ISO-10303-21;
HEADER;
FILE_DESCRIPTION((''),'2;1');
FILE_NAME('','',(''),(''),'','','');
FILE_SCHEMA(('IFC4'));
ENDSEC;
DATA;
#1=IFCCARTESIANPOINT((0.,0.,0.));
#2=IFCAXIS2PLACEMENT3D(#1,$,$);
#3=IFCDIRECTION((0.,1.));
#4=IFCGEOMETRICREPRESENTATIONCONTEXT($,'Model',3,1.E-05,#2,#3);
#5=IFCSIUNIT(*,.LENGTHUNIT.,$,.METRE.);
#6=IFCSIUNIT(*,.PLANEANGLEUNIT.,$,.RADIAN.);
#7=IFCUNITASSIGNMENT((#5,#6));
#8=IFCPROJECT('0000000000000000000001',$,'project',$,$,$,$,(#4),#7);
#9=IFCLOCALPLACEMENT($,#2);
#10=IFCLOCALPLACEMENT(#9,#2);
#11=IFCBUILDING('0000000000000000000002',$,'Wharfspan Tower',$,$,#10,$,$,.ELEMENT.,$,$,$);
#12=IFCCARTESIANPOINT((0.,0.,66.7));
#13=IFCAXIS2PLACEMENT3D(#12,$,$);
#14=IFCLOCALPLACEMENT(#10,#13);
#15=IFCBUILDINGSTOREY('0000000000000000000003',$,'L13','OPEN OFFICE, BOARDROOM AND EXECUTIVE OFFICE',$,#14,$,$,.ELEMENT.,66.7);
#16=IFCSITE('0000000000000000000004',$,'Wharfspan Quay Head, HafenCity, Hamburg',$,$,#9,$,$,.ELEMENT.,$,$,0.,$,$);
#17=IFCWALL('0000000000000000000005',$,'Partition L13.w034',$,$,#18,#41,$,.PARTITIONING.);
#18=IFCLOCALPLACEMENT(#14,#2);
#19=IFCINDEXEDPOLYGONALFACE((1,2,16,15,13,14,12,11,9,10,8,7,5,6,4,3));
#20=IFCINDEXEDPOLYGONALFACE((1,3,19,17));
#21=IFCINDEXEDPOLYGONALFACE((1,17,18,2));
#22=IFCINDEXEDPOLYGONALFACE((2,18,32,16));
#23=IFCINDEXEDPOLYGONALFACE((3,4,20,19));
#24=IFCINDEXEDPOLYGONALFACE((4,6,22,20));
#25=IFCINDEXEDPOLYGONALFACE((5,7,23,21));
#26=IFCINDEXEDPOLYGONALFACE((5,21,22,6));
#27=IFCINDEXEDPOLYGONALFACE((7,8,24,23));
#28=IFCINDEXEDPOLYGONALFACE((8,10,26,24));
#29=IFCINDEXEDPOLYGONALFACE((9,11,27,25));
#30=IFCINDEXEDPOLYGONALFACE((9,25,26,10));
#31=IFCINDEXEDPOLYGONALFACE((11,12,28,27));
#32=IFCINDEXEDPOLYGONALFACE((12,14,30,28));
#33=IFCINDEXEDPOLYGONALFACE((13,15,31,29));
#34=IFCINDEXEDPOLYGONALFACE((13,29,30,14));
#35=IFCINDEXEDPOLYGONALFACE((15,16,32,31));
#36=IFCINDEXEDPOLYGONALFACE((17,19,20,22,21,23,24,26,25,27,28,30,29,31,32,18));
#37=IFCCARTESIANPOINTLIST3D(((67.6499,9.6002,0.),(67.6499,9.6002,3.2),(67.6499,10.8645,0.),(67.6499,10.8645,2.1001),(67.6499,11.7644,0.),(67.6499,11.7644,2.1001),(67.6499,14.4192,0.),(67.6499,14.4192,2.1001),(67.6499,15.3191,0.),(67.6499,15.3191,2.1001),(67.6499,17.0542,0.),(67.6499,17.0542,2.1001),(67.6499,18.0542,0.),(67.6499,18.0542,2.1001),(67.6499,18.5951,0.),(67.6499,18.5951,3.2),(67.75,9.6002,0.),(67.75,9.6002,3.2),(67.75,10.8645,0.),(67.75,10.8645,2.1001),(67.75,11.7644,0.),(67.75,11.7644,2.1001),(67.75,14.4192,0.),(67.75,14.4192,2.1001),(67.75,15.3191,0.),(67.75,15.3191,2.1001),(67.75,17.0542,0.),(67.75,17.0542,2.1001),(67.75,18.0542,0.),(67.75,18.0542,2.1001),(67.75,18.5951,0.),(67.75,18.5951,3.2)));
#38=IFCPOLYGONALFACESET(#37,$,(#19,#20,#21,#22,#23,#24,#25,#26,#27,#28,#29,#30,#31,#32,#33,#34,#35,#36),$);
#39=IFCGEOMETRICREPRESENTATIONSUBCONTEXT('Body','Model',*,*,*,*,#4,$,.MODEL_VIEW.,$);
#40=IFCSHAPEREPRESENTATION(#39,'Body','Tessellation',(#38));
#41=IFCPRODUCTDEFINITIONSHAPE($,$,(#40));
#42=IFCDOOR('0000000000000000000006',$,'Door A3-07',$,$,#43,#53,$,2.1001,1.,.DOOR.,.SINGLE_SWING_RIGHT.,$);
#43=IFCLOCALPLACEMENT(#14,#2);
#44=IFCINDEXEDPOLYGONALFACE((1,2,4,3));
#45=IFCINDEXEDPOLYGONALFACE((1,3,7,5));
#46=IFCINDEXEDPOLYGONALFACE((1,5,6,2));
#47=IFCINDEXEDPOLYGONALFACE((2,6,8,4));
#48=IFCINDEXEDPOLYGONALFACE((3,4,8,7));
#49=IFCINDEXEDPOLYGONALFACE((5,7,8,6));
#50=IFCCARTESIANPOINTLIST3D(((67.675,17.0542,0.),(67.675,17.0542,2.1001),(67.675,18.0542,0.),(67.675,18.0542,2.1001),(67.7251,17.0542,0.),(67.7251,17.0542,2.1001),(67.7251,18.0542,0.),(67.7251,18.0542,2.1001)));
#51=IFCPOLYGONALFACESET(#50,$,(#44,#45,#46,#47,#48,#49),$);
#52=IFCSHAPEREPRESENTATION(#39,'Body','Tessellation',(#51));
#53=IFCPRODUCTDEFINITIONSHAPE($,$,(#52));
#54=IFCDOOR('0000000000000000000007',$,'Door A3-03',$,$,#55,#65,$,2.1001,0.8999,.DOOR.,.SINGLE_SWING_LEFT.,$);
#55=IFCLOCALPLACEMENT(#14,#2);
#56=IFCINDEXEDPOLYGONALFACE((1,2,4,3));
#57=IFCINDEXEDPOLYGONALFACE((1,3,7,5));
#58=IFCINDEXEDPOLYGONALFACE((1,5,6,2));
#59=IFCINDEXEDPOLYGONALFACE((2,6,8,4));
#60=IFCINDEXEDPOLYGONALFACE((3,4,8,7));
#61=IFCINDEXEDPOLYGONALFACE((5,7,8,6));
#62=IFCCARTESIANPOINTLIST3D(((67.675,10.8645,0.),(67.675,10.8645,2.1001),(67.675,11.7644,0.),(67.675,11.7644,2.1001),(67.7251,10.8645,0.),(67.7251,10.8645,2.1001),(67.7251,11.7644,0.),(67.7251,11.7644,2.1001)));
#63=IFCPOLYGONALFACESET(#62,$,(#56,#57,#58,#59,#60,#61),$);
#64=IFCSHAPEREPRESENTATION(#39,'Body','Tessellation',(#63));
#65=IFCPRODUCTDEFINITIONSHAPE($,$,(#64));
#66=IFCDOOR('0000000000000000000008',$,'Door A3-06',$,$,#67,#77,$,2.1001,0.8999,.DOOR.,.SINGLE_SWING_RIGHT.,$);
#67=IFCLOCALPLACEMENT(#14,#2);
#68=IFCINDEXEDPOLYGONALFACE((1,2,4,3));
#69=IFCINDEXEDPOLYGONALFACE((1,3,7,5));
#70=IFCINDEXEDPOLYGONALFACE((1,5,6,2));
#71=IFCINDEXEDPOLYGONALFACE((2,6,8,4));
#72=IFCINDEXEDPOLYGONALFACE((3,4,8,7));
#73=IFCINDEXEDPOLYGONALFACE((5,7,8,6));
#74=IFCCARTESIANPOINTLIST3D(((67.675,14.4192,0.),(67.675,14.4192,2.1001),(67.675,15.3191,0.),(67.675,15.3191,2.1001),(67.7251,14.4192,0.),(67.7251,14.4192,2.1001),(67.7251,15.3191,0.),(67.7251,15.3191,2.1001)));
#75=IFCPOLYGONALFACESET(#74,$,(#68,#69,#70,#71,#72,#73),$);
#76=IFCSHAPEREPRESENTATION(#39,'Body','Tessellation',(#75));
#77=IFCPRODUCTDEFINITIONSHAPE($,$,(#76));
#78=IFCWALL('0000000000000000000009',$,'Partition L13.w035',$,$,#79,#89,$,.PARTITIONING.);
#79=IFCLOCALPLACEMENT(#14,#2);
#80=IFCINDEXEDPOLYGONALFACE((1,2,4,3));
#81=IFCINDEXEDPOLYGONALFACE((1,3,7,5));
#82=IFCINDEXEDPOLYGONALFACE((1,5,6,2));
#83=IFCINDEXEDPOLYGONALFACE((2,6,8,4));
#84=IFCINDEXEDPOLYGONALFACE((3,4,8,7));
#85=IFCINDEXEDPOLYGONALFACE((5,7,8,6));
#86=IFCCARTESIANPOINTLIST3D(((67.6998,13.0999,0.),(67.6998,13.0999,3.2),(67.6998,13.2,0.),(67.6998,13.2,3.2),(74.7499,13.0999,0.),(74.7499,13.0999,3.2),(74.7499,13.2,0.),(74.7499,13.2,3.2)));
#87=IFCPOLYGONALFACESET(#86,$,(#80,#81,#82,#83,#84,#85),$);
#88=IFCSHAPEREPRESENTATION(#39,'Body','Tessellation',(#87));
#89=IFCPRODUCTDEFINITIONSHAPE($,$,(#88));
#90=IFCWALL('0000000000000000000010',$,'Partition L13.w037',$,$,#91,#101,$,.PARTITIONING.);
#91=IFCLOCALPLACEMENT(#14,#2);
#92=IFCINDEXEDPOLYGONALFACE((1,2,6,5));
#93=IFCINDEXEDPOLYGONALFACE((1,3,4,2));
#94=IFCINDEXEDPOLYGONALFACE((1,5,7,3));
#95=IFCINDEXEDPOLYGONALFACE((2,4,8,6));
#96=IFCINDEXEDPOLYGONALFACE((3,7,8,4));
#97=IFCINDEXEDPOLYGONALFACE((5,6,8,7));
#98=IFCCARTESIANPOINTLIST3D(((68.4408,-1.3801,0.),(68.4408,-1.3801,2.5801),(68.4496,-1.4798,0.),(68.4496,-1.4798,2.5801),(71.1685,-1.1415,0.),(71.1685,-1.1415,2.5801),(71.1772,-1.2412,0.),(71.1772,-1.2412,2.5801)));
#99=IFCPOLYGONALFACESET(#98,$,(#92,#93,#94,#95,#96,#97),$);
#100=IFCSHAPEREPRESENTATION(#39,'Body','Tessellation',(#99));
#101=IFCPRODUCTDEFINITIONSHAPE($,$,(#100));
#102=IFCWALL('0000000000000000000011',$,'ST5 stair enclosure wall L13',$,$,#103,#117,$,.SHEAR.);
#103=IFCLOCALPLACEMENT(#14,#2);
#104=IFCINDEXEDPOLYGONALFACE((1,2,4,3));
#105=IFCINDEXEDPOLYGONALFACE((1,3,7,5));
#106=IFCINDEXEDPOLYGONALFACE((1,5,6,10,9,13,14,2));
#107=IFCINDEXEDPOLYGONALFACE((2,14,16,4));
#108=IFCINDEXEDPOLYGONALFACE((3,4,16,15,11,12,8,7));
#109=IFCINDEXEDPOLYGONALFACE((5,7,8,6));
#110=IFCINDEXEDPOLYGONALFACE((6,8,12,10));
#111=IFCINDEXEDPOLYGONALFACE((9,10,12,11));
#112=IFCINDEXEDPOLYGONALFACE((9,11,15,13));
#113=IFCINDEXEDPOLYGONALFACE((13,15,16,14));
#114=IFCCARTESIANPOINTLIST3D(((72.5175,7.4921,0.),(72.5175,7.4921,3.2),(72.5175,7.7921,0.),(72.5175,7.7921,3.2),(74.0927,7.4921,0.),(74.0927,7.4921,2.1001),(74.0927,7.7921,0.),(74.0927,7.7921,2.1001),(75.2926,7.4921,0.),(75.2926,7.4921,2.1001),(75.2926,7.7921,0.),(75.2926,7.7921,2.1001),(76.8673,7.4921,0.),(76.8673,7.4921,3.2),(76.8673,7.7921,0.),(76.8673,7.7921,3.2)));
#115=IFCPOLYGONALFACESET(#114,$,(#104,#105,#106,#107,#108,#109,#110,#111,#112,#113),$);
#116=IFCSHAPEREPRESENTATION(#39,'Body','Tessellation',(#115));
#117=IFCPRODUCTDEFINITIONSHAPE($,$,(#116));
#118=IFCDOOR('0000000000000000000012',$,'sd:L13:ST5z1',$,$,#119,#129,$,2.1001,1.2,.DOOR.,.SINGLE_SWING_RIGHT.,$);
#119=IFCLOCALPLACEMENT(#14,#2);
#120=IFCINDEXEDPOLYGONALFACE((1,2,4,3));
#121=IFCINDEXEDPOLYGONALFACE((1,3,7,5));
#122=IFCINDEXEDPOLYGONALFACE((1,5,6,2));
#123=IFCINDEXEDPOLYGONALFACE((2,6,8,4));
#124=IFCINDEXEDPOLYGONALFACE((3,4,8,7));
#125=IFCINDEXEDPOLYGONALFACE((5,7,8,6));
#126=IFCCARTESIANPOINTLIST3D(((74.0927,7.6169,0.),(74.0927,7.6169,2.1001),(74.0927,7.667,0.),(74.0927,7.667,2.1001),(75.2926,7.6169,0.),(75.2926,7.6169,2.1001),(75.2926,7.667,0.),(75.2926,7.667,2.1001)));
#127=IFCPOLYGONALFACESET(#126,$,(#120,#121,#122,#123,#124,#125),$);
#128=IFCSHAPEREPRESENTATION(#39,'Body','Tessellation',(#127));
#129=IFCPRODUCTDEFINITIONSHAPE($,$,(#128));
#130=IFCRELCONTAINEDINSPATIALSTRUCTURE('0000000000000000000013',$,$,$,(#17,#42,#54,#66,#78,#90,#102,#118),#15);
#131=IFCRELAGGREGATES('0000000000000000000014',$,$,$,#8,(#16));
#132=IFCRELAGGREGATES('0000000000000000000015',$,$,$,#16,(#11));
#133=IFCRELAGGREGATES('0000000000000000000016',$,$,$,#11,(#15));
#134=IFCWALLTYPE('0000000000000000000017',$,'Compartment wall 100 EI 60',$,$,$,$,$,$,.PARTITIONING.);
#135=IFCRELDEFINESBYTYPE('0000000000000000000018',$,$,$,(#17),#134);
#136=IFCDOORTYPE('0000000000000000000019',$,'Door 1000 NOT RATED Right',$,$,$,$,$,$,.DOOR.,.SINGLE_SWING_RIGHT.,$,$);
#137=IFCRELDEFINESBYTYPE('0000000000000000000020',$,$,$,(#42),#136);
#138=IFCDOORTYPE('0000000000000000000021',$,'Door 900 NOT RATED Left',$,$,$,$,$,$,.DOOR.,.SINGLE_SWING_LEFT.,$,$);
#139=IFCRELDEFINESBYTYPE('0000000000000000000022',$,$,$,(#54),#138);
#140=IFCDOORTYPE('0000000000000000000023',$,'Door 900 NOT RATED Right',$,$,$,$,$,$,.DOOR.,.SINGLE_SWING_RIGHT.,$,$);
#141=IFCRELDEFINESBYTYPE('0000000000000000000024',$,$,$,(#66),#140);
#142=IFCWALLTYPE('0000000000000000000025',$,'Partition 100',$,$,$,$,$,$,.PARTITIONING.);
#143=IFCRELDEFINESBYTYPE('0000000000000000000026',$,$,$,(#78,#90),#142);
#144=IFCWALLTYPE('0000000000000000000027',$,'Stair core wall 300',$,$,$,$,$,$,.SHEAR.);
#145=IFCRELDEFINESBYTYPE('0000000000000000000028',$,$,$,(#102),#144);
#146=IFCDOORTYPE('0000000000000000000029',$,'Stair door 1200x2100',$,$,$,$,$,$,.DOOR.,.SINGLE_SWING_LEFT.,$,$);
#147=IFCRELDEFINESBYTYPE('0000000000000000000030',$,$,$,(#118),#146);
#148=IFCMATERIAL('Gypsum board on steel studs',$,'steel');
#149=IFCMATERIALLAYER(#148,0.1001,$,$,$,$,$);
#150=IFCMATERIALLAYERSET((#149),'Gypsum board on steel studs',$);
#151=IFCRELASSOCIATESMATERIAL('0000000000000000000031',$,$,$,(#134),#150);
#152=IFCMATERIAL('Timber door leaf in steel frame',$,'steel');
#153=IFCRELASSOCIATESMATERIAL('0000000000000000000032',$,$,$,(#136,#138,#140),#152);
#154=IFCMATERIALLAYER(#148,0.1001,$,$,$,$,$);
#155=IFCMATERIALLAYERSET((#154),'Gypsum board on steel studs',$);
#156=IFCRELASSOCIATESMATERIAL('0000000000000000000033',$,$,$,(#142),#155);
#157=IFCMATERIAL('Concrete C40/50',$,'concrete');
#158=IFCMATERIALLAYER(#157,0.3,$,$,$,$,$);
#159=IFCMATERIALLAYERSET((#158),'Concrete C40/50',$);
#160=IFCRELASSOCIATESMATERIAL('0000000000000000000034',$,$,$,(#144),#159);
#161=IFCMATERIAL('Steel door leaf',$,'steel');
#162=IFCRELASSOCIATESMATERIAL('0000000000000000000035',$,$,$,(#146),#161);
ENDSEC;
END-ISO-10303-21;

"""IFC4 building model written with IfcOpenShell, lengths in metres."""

from ifc_helpers import new_model, si_unit, direction, frame, frame_2d, origin, place, context, subcontext, project, spatial, rectangle, extrude, material, layer, layer_set, type_object, element, fill, save


model = new_model("IFC4")

# Units and contexts
model_context = context("Model", 3, precision=1e-05, world=origin(), true_north=direction((0.0, 1.0)))
body_context = subcontext(model_context, "Body", "Model", "MODEL_VIEW")
ifc_project = project(units=[si_unit("LENGTHUNIT", "METRE"), si_unit("PLANEANGLEUNIT", "RADIAN")], contexts=[model_context])

# Site, building, storey
site_placement = place(None, origin())
site = spatial("IfcSite", under=ifc_project, at=site_placement, Name="Wharfspan Quay Head, HafenCity, Hamburg", CompositionType="ELEMENT", RefElevation=0.0)
building_placement = place(site_placement, origin())
building = spatial("IfcBuilding", under=site, at=building_placement, Name="Wharfspan Tower", CompositionType="ELEMENT")
storey_placement = place(building_placement, frame((0.0, 0.0, 66.7)))
storey = spatial("IfcBuildingStorey", under=building, at=storey_placement, Name="L13", Description="OPEN OFFICE, BOARDROOM AND EXECUTIVE OFFICE", CompositionType="ELEMENT", Elevation=66.7)

# Shared definitions
ifc_material_1 = material(Name="Gypsum board on steel studs", Category="steel")
ifc_layer_1 = layer(ifc_material_1, 0.1001)
ifc_layer_set_1 = layer_set([ifc_layer_1], Name="Gypsum board on steel studs")
wall_type_1 = type_object("IfcWallType", Name="Compartment wall 100 EI 60", PredefinedType="PARTITIONING", material=ifc_layer_set_1)

# Wall, openings, doors
wall_1_placement = place(storey_placement, frame((67.7, 9.6001, 0.0), z_axis=(0.0, 0.0, 1.0), x_axis=(0.0, 1.0, 0.0)))
wall_1 = element("IfcWall", 1, at=wall_1_placement, inside=storey, type_object=wall_type_1, Name="Partition L13.w034", PredefinedType="PARTITIONING", context=body_context, shape_type="SweptSolid", body=[
    extrude(rectangle(XDim=8.9949, YDim=0.1001, at=frame_2d((4.4976, 0.0))), origin(), (0.0, 0.0, 1.0), 3.2),
])
opening_1_placement = place(wall_1_placement, frame((1.2644, 0.0, 0.0)))
opening_1 = element("IfcOpeningElement", 2, at=opening_1_placement, cuts=wall_1, PredefinedType="OPENING", context=body_context, shape_type="SweptSolid", body=[
    extrude(rectangle(XDim=0.8999, YDim=2.1001, at=frame_2d((0.45, 1.05))), frame((0.0, 0.0601, 0.0), z_axis=(0.0, -1.0, 0.0), x_axis=(1.0, 0.0, 0.0)), (0.0, 0.0, 1.0), 0.1201),
])
opening_2_placement = place(wall_1_placement, frame((4.8191, 0.0, 0.0)))
opening_2 = element("IfcOpeningElement", 3, at=opening_2_placement, cuts=wall_1, PredefinedType="OPENING", context=body_context, shape_type="SweptSolid", body=[
    extrude(rectangle(XDim=0.8999, YDim=2.1001, at=frame_2d((0.45, 1.05))), frame((0.0, 0.0601, 0.0), z_axis=(0.0, -1.0, 0.0), x_axis=(1.0, 0.0, 0.0)), (0.0, 0.0, 1.0), 0.1201),
])
opening_3_placement = place(wall_1_placement, frame((7.4541, 0.0, 0.0)))
opening_3 = element("IfcOpeningElement", 4, at=opening_3_placement, cuts=wall_1, PredefinedType="OPENING", context=body_context, shape_type="SweptSolid", body=[
    extrude(rectangle(XDim=1.0, YDim=2.1001, at=frame_2d((0.5, 1.05))), frame((0.0, 0.0601, 0.0), z_axis=(0.0, -1.0, 0.0), x_axis=(1.0, 0.0, 0.0)), (0.0, 0.0, 1.0), 0.1201),
])
ifc_material_2 = material(Name="Timber door leaf in steel frame", Category="steel")
door_type_1 = type_object("IfcDoorType", Name="Door 1000 NOT RATED Right", OperationType="SINGLE_SWING_RIGHT", PredefinedType="DOOR", material=ifc_material_2)
door_1_placement = place(opening_3_placement, origin())
door_1 = element("IfcDoor", 5, at=door_1_placement, inside=storey, type_object=door_type_1, Name="Door A3-07", OperationType="SINGLE_SWING_RIGHT", OverallHeight=2.1001, OverallWidth=1.0, PredefinedType="DOOR", context=body_context, shape_type="SweptSolid", body=[
    extrude(rectangle(XDim=1.0, YDim=2.1001, at=frame_2d((0.5, 1.05))), frame((0.0, 0.0249, 0.0), z_axis=(0.0, -1.0, 0.0), x_axis=(1.0, 0.0, 0.0)), (0.0, 0.0, 1.0), 0.05),
])
fill(opening_3, door_1)
door_type_2 = type_object("IfcDoorType", Name="Door 900 NOT RATED Left", OperationType="SINGLE_SWING_LEFT", PredefinedType="DOOR", material=ifc_material_2)
door_2_placement = place(opening_1_placement, origin())
door_2 = element("IfcDoor", 6, at=door_2_placement, inside=storey, type_object=door_type_2, Name="Door A3-03", OperationType="SINGLE_SWING_LEFT", OverallHeight=2.1001, OverallWidth=0.8999, PredefinedType="DOOR", context=body_context, shape_type="SweptSolid", body=[
    extrude(rectangle(XDim=0.8999, YDim=2.1001, at=frame_2d((0.45, 1.05))), frame((0.0, 0.0249, 0.0), z_axis=(0.0, -1.0, 0.0), x_axis=(1.0, 0.0, 0.0)), (0.0, 0.0, 1.0), 0.05),
])
fill(opening_1, door_2)
door_type_3 = type_object("IfcDoorType", Name="Door 900 NOT RATED Right", OperationType="SINGLE_SWING_RIGHT", PredefinedType="DOOR", material=ifc_material_2)
door_3_placement = place(opening_2_placement, origin())
door_3 = element("IfcDoor", 7, at=door_3_placement, inside=storey, type_object=door_type_3, Name="Door A3-06", OperationType="SINGLE_SWING_RIGHT", OverallHeight=2.1001, OverallWidth=0.8999, PredefinedType="DOOR", context=body_context, shape_type="SweptSolid", body=[
    extrude(rectangle(XDim=0.8999, YDim=2.1001, at=frame_2d((0.45, 1.05))), frame((0.0, 0.0249, 0.0), z_axis=(0.0, -1.0, 0.0), x_axis=(1.0, 0.0, 0.0)), (0.0, 0.0, 1.0), 0.05),
])
fill(opening_2, door_3)

# Walls
ifc_layer_2 = layer(ifc_material_1, 0.1001)
ifc_layer_set_2 = layer_set([ifc_layer_2], Name="Gypsum board on steel studs")
wall_type_2 = type_object("IfcWallType", Name="Partition 100", PredefinedType="PARTITIONING", material=ifc_layer_set_2)
wall_2_placement = place(storey_placement, frame((67.7, 13.1499, 0.0), z_axis=(0.0, 0.0, 1.0), x_axis=(1.0, 0.0, 0.0)))
element("IfcWall", 8, at=wall_2_placement, inside=storey, type_object=wall_type_2, Name="Partition L13.w035", PredefinedType="PARTITIONING", context=body_context, shape_type="SweptSolid", body=[
    extrude(rectangle(XDim=7.05, YDim=0.1001, at=frame_2d((3.5249, 0.0))), origin(), (0.0, 0.0, 1.0), 3.2),
])
wall_3_placement = place(storey_placement, frame((68.4451, -1.4299, 0.0), z_axis=(0.0, 0.0, 1.0), x_axis=(0.996195, 0.087118, 0.0)))
element("IfcWall", 9, at=wall_3_placement, inside=storey, type_object=wall_type_2, Name="Partition L13.w037", PredefinedType="PARTITIONING", context=body_context, shape_type="SweptSolid", body=[
    extrude(rectangle(XDim=2.738, YDim=0.1001, at=frame_2d((1.3691, 0.0))), origin(), (0.0, 0.0, 1.0), 2.5801),
])

# Wall, opening, door
ifc_material_3 = material(Name="Concrete C40/50", Category="concrete")
ifc_layer_3 = layer(ifc_material_3, 0.3)
ifc_layer_set_3 = layer_set([ifc_layer_3], Name="Concrete C40/50")
wall_type_3 = type_object("IfcWallType", Name="Stair core wall 300", PredefinedType="SHEAR", material=ifc_layer_set_3)
wall_4_placement = place(storey_placement, frame((72.5176, 7.6421, 0.0), z_axis=(0.0, 0.0, 1.0), x_axis=(1.0, 0.0, 0.0)))
wall_4 = element("IfcWall", 10, at=wall_4_placement, inside=storey, type_object=wall_type_3, Name="ST5 stair enclosure wall L13", PredefinedType="SHEAR", context=body_context, shape_type="SweptSolid", body=[
    extrude(rectangle(XDim=4.3499, YDim=0.3, at=frame_2d((2.1748, 0.0))), origin(), (0.0, 0.0, 1.0), 3.2),
])
opening_4_placement = place(wall_4_placement, frame((1.575, 0.0, 0.0)))
opening_4 = element("IfcOpeningElement", 11, at=opening_4_placement, cuts=wall_4, PredefinedType="OPENING", context=body_context, shape_type="SweptSolid", body=[
    extrude(rectangle(XDim=1.2, YDim=2.1001, at=frame_2d((0.6001, 1.05))), frame((0.0, 0.1599, 0.0), z_axis=(0.0, -1.0, 0.0), x_axis=(1.0, 0.0, 0.0)), (0.0, 0.0, 1.0), 0.3201),
])
ifc_material_4 = material(Name="Steel door leaf", Category="steel")
door_type_4 = type_object("IfcDoorType", Name="Stair door 1200x2100", OperationType="SINGLE_SWING_LEFT", PredefinedType="DOOR", material=ifc_material_4)
door_4_placement = place(opening_4_placement, origin())
door_4 = element("IfcDoor", 12, at=door_4_placement, inside=storey, type_object=door_type_4, Name="sd:L13:ST5z1", OperationType="SINGLE_SWING_RIGHT", OverallHeight=2.1001, OverallWidth=1.2, PredefinedType="DOOR", context=body_context, shape_type="SweptSolid", body=[
    extrude(rectangle(XDim=1.2, YDim=2.1001, at=frame_2d((0.6001, 1.05))), frame((0.0, 0.0249, 0.0), z_axis=(0.0, -1.0, 0.0), x_axis=(1.0, 0.0, 0.0)), (0.0, 0.0, 1.0), 0.05),
])
fill(opening_4, door_4)

save(model, "model.ifc")
